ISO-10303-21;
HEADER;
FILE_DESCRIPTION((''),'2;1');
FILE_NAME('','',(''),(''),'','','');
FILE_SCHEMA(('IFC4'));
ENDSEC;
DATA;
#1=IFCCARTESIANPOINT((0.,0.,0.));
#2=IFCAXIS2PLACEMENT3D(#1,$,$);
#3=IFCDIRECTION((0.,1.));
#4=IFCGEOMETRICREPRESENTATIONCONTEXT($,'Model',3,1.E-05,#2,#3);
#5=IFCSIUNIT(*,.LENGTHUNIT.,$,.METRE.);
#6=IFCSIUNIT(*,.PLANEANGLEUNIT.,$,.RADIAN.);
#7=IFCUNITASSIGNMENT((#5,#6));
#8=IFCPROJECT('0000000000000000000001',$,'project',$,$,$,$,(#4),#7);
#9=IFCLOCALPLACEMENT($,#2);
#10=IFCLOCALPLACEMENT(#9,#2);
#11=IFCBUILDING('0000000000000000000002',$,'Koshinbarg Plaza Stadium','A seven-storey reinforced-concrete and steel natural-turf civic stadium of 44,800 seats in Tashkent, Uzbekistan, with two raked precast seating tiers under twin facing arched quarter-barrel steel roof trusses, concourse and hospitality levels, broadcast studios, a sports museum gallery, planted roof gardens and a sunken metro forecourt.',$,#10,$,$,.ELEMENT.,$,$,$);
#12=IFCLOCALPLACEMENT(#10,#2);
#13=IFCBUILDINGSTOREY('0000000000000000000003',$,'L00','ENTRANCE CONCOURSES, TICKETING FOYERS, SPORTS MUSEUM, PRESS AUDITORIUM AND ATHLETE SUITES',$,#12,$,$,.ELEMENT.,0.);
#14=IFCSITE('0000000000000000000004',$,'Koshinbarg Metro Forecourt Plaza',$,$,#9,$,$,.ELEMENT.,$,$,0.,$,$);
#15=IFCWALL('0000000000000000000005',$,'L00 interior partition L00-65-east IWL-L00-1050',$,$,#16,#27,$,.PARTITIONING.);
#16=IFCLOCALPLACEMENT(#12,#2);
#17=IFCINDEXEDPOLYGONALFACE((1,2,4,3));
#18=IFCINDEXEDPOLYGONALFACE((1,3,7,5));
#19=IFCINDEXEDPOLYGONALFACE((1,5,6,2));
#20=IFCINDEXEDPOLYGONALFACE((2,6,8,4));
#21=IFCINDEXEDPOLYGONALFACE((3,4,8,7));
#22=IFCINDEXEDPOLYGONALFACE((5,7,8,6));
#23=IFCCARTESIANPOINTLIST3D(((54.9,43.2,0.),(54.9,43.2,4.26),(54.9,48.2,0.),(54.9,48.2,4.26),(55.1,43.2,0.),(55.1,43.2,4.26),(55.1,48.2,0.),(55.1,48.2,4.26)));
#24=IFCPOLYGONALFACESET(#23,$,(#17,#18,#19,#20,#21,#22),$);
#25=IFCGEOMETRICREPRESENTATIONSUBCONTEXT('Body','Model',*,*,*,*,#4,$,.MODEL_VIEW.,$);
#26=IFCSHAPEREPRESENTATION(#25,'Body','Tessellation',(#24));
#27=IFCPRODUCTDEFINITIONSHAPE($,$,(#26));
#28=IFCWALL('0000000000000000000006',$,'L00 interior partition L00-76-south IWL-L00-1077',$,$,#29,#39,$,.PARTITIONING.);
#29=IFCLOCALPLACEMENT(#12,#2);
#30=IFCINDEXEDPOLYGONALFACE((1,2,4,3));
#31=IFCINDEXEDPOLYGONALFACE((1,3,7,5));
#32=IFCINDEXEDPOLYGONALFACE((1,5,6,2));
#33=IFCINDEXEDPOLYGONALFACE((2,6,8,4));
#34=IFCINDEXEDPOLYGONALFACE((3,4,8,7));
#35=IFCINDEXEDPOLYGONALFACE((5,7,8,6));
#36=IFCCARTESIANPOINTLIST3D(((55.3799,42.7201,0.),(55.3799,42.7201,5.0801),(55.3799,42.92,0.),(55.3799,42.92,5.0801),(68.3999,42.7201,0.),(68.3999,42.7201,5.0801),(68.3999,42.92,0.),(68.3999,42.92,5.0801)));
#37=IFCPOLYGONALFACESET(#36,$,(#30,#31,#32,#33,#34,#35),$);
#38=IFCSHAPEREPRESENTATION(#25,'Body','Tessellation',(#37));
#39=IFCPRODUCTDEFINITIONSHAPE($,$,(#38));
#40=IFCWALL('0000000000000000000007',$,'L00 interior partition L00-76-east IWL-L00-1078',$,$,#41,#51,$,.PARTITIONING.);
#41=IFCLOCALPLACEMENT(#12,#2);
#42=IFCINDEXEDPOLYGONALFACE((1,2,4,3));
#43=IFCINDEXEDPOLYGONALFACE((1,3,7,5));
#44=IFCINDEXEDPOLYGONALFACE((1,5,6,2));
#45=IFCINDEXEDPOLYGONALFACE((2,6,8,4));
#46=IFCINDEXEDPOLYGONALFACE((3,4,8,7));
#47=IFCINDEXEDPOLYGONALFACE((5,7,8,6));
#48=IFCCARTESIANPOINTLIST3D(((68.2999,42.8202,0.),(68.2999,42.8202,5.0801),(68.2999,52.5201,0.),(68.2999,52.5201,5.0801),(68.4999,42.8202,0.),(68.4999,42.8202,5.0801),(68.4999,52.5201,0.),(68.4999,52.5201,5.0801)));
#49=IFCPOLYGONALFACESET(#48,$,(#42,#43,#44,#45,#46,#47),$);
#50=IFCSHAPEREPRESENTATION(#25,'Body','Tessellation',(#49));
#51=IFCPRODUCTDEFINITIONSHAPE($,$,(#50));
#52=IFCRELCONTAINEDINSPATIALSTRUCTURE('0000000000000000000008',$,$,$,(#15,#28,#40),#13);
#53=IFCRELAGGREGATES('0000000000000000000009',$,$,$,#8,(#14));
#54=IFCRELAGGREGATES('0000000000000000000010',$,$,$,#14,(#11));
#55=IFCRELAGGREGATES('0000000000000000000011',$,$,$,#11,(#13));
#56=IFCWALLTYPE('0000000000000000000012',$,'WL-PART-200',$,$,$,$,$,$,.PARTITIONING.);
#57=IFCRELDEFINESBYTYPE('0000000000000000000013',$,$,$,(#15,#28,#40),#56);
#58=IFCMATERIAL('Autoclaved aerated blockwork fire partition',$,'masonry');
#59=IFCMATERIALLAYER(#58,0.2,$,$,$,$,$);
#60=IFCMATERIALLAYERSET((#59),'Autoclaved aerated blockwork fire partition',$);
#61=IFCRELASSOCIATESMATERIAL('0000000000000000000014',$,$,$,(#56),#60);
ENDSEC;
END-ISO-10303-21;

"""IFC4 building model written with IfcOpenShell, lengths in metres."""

from ifc_helpers import new_model, si_unit, direction, frame, frame_2d, origin, place, context, subcontext, project, spatial, rectangle, extrude, material, layer, layer_set, type_object, element, save


model = new_model("IFC4")

# Units and contexts
model_context = context("Model", 3, precision=1e-05, world=origin(), true_north=direction((0.0, 1.0)))
body_context = subcontext(model_context, "Body", "Model", "MODEL_VIEW")
ifc_project = project(units=[si_unit("LENGTHUNIT", "METRE"), si_unit("PLANEANGLEUNIT", "RADIAN")], contexts=[model_context])

# Site, building, storey
site_placement = place(None, origin())
site = spatial("IfcSite", under=ifc_project, at=site_placement, Name="Koshinbarg Metro Forecourt Plaza", CompositionType="ELEMENT", RefElevation=0.0)
building_placement = place(site_placement, origin())
building = spatial("IfcBuilding", under=site, at=building_placement, Name="Koshinbarg Plaza Stadium", Description="A seven-storey reinforced-concrete and steel natural-turf civic stadium of 44,800 seats in Tashkent, Uzbekistan, with two raked precast seating tiers under twin facing arched quarter-barrel steel roof trusses, concourse and hospitality levels, broadcast studios, a sports museum gallery, planted roof gardens and a sunken metro forecourt.", CompositionType="ELEMENT")
storey_placement = place(building_placement, origin())
storey = spatial("IfcBuildingStorey", under=building, at=storey_placement, Name="L00", Description="ENTRANCE CONCOURSES, TICKETING FOYERS, SPORTS MUSEUM, PRESS AUDITORIUM AND ATHLETE SUITES", CompositionType="ELEMENT", Elevation=0.0)

# Walls
ifc_material_1 = material(Name="Autoclaved aerated blockwork fire partition", Category="masonry")
ifc_layer = layer(ifc_material_1, 0.2)
ifc_layer_set = layer_set([ifc_layer], Name="Autoclaved aerated blockwork fire partition")
wall_type = type_object("IfcWallType", Name="WL-PART-200", PredefinedType="PARTITIONING", material=ifc_layer_set)
wall_1_placement = place(storey_placement, frame((55.0, 43.2, 0.0), z_axis=(0.0, 0.0, 1.0), x_axis=(0.0, 1.0, 0.0)))
element("IfcWall", 1, at=wall_1_placement, inside=storey, type_object=wall_type, Name="L00 interior partition L00-65-east IWL-L00-1050", PredefinedType="PARTITIONING", context=body_context, shape_type="SweptSolid", body=[
    extrude(rectangle(XDim=5.0, YDim=0.2, at=frame_2d((2.5, 0.0))), origin(), (0.0, 0.0, 1.0), 4.26),
])
wall_2_placement = place(storey_placement, frame((55.3799, 42.8201, 0.0), z_axis=(0.0, 0.0, 1.0), x_axis=(1.0, 0.0, 0.0)))
element("IfcWall", 2, at=wall_2_placement, inside=storey, type_object=wall_type, Name="L00 interior partition L00-76-south IWL-L00-1077", PredefinedType="PARTITIONING", context=body_context, shape_type="SweptSolid", body=[
    extrude(rectangle(XDim=13.02, YDim=0.2, at=frame_2d((6.51, 0.0))), origin(), (0.0, 0.0, 1.0), 5.0801),
])
wall_3_placement = place(storey_placement, frame((68.3999, 42.8201, 0.0), z_axis=(0.0, 0.0, 1.0), x_axis=(0.0, 1.0, 0.0)))
element("IfcWall", 3, at=wall_3_placement, inside=storey, type_object=wall_type, Name="L00 interior partition L00-76-east IWL-L00-1078", PredefinedType="PARTITIONING", context=body_context, shape_type="SweptSolid", body=[
    extrude(rectangle(XDim=9.7, YDim=0.2, at=frame_2d((4.8501, 0.0))), origin(), (0.0, 0.0, 1.0), 5.0801),
])

save(model, "model.ifc")
